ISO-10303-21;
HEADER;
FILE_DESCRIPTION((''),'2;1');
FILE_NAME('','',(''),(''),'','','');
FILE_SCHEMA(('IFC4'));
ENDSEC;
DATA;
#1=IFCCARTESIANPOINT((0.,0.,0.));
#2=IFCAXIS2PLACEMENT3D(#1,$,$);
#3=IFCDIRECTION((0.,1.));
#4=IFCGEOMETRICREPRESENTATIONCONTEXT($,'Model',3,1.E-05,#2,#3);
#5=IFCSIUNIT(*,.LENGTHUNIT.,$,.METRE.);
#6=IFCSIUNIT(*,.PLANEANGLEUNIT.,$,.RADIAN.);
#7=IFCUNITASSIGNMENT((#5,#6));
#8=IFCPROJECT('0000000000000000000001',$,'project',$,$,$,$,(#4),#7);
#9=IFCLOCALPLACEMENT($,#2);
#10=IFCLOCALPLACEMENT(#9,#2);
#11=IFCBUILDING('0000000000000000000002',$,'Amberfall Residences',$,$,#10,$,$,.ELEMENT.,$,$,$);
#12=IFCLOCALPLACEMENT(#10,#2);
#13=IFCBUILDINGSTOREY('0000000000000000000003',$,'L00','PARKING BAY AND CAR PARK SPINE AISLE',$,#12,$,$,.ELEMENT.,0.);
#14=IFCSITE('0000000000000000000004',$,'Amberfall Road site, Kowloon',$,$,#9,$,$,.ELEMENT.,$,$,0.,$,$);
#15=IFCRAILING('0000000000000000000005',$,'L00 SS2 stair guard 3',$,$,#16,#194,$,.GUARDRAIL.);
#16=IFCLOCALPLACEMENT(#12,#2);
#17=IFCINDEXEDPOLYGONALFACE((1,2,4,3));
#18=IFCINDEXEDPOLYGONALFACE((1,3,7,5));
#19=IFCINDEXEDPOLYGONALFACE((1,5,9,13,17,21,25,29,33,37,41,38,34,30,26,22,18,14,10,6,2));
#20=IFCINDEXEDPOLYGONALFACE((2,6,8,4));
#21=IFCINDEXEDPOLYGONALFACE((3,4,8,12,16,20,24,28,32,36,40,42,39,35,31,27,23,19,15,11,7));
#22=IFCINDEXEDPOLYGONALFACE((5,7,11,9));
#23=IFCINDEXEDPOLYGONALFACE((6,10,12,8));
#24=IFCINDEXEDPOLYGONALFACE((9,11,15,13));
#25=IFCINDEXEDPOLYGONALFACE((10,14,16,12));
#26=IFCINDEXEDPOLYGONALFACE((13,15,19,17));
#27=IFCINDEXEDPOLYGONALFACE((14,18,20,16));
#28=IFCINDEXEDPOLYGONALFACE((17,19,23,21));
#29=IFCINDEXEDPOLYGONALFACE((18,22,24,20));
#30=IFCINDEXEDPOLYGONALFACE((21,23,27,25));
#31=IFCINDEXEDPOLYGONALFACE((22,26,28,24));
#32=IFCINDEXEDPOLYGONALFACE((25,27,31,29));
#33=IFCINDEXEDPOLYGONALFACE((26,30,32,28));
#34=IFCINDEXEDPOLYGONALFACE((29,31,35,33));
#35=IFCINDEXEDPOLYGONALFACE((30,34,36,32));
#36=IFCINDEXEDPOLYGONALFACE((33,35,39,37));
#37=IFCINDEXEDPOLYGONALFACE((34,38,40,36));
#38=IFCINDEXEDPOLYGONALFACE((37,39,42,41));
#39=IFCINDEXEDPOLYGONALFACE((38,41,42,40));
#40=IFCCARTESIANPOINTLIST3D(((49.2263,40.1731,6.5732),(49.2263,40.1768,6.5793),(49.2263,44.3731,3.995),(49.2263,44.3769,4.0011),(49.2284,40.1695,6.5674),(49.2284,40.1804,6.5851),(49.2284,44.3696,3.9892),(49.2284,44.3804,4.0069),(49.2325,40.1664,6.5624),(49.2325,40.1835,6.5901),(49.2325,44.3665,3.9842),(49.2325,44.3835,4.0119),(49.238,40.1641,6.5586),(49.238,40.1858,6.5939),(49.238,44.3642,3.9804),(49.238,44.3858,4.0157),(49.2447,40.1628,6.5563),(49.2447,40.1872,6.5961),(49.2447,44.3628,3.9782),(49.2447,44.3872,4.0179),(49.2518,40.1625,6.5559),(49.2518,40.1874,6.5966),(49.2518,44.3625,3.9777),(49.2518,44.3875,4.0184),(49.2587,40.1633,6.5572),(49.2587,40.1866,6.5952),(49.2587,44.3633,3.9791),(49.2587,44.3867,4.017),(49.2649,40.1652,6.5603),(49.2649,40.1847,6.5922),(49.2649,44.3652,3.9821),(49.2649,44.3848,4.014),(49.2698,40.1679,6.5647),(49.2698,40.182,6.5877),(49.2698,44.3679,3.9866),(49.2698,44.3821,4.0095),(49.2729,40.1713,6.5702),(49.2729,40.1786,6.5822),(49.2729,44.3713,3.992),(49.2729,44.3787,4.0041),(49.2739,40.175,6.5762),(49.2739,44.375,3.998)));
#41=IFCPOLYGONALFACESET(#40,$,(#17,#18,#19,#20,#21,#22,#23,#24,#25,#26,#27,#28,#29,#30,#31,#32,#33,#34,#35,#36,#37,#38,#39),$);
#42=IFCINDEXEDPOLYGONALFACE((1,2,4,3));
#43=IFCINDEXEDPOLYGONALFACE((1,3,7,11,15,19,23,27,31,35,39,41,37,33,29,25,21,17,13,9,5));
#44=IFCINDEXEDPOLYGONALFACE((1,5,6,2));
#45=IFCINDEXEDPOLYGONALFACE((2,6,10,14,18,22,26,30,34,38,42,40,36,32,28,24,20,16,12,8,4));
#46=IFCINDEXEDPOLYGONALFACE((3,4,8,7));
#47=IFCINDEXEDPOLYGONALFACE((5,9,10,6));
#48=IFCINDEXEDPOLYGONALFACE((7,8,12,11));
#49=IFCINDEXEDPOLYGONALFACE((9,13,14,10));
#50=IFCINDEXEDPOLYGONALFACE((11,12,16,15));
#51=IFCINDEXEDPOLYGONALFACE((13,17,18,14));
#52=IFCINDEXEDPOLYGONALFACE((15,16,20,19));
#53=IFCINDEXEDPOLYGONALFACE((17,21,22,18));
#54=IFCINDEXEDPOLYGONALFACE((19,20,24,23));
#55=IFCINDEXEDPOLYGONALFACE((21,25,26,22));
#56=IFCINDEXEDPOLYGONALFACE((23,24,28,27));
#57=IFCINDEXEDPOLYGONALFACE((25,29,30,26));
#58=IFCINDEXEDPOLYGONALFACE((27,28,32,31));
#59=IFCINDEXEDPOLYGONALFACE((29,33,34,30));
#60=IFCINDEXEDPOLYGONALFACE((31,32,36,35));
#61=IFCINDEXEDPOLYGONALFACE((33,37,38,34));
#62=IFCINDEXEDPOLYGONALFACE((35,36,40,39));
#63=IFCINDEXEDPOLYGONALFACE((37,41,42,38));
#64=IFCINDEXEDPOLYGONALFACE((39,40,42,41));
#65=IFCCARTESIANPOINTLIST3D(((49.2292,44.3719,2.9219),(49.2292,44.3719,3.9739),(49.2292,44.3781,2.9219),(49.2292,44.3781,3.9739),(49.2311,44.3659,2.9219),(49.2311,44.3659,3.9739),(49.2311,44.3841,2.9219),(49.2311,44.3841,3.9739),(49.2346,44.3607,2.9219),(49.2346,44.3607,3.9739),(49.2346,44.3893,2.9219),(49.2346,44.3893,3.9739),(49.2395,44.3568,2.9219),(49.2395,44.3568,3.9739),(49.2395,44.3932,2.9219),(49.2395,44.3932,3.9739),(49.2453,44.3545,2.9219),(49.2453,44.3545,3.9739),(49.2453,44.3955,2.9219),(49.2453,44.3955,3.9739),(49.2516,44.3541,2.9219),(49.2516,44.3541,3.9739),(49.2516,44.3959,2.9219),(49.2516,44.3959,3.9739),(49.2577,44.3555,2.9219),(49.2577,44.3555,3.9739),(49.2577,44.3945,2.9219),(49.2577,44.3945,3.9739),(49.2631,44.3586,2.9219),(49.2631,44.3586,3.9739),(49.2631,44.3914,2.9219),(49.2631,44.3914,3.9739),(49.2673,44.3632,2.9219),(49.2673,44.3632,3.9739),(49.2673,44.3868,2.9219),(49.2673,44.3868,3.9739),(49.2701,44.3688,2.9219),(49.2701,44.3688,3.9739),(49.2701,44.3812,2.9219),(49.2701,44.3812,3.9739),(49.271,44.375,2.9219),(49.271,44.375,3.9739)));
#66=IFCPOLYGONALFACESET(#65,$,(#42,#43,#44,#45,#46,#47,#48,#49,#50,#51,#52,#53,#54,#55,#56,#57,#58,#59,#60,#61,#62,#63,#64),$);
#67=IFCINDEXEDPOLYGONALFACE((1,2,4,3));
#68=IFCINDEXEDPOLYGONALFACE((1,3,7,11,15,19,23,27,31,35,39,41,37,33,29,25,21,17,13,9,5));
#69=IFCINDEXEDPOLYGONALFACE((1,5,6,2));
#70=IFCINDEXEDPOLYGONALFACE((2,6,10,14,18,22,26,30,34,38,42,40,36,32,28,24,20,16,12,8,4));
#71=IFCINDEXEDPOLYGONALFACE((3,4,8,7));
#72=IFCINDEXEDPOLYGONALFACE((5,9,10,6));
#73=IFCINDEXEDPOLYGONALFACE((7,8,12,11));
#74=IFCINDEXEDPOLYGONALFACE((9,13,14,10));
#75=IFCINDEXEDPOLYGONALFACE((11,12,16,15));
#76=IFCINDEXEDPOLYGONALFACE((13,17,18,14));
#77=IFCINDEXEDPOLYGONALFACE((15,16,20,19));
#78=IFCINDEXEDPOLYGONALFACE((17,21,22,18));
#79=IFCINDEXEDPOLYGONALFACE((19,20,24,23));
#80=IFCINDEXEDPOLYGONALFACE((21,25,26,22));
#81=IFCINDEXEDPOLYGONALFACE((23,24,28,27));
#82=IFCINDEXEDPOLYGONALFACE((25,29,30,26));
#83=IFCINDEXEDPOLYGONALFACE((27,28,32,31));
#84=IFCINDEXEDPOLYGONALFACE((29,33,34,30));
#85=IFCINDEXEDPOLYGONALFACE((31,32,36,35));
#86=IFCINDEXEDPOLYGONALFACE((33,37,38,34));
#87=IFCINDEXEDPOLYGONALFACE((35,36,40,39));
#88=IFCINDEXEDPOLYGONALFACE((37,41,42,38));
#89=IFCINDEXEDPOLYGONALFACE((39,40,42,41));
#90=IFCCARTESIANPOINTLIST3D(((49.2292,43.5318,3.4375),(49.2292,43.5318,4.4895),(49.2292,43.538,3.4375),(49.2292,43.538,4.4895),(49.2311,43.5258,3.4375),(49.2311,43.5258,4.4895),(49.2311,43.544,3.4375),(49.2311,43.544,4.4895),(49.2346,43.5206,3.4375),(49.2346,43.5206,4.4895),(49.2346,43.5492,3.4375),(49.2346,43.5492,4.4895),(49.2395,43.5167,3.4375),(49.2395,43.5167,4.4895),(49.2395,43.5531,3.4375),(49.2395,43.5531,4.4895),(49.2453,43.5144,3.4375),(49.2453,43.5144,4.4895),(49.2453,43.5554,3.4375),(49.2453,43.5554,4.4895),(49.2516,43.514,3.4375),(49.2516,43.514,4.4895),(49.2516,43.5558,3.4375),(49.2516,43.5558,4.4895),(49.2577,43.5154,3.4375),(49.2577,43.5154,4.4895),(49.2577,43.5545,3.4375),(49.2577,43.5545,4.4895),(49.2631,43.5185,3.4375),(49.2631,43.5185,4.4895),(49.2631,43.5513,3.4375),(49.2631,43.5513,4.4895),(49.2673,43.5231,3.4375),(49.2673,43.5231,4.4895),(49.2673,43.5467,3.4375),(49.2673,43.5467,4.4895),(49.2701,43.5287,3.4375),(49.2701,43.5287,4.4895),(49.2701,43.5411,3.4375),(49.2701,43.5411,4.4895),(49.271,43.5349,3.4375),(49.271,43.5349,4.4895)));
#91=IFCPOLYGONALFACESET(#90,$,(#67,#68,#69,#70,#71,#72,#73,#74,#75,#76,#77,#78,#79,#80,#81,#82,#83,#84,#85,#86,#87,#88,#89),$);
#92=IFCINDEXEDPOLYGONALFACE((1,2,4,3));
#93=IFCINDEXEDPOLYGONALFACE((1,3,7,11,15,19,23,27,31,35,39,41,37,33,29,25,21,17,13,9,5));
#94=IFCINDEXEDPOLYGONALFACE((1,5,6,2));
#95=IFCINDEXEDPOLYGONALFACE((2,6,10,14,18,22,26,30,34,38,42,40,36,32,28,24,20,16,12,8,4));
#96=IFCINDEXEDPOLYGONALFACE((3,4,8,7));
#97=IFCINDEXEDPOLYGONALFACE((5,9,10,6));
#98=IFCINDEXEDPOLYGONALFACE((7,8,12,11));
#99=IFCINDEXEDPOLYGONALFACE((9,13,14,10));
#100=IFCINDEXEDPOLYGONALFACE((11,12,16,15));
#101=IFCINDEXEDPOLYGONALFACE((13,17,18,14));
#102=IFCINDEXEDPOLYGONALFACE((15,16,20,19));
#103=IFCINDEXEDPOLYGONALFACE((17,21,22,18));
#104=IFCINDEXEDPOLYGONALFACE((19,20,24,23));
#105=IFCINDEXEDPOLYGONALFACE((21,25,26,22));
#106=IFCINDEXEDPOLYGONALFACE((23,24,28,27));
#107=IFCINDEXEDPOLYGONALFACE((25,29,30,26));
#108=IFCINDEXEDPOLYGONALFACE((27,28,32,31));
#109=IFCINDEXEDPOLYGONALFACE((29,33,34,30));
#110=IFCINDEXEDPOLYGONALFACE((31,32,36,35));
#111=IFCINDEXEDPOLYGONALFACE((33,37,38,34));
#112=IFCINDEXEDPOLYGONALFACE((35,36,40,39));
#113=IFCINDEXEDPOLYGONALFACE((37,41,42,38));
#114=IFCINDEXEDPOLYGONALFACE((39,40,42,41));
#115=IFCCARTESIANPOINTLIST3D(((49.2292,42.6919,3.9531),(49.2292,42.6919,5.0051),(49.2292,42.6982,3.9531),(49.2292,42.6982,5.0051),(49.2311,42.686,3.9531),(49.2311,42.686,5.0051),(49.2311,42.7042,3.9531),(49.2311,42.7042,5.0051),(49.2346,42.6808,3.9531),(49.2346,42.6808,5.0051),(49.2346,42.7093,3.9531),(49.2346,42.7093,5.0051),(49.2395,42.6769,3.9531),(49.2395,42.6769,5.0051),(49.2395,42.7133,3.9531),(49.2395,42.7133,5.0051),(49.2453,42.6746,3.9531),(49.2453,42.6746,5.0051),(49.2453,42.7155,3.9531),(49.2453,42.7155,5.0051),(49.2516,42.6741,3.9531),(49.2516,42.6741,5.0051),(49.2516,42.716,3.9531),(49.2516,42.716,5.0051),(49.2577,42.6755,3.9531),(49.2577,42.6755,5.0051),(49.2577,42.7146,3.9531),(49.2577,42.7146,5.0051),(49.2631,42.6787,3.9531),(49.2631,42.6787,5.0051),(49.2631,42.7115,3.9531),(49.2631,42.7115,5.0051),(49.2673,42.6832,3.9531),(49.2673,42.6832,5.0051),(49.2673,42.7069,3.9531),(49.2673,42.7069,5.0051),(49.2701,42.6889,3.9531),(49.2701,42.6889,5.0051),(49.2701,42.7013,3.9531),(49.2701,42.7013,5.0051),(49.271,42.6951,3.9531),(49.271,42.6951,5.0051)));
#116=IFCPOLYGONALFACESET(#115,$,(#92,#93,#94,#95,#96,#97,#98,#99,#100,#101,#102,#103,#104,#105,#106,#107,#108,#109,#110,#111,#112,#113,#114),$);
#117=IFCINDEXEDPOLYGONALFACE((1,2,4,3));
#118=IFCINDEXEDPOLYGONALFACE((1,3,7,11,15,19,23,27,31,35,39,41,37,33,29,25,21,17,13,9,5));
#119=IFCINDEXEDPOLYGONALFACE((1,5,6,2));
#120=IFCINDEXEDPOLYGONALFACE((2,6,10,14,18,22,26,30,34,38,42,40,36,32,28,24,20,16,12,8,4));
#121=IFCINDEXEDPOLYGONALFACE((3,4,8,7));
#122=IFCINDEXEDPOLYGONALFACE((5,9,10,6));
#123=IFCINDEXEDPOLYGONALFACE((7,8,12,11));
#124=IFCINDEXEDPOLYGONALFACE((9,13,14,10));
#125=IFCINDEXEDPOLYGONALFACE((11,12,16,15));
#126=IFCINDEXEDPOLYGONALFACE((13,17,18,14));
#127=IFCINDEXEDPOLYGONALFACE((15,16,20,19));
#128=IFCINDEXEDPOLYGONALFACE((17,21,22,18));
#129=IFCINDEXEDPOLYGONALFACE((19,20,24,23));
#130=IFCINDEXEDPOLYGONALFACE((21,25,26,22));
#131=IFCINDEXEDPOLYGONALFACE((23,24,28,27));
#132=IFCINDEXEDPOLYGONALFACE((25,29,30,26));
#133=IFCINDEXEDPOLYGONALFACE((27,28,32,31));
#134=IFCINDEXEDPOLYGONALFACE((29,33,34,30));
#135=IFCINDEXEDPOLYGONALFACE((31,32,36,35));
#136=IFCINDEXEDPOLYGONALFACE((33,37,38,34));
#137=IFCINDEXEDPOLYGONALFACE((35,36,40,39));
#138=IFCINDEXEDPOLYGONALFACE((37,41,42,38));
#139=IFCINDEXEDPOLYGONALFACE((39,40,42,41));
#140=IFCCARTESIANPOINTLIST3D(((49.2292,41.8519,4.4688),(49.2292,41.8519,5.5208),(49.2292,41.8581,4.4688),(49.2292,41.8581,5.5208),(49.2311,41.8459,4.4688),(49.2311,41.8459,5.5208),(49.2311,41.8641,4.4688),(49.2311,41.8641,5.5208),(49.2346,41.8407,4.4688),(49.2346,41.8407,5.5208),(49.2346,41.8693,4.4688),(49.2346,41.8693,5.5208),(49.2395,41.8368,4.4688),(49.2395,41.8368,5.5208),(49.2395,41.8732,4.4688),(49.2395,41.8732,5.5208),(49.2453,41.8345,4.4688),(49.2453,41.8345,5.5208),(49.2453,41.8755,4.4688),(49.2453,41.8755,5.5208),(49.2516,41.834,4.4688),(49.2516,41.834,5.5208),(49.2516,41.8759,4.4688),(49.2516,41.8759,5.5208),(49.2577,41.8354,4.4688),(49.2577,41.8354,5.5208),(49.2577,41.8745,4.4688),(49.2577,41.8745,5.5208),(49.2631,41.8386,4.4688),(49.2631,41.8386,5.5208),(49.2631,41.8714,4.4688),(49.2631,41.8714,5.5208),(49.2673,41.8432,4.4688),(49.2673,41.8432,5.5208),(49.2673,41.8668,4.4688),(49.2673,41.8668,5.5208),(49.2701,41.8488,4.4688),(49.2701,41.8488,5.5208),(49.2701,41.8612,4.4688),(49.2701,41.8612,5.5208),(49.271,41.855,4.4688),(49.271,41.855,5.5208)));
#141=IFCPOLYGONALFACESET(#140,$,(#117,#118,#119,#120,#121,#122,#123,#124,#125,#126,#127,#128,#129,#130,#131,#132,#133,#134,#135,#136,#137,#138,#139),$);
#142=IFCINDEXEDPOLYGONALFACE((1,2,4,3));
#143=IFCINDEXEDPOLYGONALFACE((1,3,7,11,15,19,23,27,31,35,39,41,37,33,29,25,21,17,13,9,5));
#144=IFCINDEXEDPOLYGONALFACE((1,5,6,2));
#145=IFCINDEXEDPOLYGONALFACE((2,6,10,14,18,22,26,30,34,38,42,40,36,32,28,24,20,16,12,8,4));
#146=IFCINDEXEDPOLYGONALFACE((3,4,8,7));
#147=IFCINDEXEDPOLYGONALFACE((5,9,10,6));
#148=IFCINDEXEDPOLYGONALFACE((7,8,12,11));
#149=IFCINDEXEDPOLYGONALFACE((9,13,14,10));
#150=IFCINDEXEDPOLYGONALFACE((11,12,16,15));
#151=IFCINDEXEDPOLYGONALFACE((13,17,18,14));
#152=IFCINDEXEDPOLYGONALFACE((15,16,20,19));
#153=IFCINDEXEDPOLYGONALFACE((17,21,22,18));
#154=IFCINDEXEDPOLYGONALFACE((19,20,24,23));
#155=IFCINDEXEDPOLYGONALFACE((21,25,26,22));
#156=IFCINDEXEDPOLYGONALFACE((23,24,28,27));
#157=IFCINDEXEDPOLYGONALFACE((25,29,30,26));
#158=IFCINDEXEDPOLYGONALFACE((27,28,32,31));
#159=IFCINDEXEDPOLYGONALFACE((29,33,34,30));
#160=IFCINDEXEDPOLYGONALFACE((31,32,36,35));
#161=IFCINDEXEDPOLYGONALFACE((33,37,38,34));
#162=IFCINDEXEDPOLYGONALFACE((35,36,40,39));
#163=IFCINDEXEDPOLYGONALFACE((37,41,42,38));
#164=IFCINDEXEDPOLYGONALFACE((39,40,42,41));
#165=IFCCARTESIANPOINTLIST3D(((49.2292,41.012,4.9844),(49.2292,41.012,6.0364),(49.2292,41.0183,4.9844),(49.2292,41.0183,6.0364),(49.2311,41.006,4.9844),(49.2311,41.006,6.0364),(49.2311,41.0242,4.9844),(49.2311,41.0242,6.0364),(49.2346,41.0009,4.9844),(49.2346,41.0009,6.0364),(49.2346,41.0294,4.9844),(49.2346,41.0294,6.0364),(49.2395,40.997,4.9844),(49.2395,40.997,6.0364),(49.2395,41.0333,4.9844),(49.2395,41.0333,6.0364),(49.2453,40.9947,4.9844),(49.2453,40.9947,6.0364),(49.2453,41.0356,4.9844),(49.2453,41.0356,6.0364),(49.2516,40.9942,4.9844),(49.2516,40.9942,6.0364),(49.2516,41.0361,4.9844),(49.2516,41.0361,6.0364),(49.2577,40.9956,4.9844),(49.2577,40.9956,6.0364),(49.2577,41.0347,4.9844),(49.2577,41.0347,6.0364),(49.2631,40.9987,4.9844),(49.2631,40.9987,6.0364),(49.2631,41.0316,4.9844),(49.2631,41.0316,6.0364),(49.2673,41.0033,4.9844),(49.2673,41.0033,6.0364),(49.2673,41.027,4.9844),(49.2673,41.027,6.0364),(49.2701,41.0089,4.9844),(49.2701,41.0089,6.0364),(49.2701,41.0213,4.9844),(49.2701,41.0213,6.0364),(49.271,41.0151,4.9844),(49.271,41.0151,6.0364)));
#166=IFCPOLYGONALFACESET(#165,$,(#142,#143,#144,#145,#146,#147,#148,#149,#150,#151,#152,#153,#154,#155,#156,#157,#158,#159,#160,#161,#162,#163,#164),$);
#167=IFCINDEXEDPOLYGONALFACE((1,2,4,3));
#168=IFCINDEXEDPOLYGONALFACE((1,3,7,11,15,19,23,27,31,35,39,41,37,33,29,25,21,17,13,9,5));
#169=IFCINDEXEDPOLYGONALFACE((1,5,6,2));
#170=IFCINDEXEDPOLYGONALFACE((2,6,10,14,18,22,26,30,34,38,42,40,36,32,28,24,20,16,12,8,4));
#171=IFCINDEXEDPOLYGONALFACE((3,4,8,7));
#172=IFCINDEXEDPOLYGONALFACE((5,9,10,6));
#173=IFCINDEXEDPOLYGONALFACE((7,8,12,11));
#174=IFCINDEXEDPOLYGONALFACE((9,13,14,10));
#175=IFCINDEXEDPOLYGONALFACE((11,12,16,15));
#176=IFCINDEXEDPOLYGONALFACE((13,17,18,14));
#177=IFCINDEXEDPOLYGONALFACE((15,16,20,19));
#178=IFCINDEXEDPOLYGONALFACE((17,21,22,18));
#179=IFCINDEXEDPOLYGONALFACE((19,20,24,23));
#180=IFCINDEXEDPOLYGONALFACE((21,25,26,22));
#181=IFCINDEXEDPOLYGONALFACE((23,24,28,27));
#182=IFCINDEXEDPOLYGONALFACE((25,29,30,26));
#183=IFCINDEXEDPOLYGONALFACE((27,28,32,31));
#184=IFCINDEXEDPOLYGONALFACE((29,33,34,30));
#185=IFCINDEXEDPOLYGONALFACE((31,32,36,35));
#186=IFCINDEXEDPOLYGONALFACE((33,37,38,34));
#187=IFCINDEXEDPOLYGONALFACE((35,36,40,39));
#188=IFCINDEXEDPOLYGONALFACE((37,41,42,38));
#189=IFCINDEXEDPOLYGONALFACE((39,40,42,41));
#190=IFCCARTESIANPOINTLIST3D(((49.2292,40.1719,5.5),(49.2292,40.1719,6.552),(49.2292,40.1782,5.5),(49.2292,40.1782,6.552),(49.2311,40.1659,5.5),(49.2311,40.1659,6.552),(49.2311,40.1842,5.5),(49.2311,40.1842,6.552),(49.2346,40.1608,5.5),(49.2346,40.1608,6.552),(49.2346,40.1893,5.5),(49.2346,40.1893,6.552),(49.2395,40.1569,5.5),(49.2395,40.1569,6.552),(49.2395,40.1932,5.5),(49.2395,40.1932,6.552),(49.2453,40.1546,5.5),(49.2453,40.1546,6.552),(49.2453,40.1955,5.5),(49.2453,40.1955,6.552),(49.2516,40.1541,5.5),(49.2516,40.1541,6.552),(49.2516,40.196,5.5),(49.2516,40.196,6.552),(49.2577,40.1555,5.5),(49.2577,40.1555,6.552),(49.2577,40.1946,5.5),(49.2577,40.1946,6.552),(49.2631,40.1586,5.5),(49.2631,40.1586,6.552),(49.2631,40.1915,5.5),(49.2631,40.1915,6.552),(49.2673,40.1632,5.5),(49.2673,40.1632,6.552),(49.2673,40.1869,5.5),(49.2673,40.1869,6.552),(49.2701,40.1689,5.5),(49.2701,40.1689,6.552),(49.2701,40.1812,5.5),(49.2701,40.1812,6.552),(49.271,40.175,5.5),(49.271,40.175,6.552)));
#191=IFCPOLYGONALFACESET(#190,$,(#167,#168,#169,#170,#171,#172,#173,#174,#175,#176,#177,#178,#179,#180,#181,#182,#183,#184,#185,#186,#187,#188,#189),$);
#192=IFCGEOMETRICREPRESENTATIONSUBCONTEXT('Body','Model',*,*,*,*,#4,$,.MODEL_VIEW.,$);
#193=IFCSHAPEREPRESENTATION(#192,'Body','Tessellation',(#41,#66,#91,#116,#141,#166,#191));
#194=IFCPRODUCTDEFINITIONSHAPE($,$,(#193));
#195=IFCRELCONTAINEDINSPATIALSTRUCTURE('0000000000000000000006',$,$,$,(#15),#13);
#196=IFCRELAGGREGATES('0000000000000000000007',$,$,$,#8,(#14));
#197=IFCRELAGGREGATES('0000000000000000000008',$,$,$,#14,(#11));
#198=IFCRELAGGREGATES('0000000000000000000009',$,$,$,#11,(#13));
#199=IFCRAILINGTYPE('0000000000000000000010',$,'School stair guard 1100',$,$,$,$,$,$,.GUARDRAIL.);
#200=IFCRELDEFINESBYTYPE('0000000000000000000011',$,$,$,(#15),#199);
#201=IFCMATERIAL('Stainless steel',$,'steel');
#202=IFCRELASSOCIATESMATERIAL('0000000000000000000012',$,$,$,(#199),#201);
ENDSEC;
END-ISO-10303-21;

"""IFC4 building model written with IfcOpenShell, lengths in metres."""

from ifc_helpers import new_model, si_unit, direction, frame, origin, origin_2d, place, context, subcontext, project, spatial, circle, extrude, material, type_object, element, save


model = new_model("IFC4")

# Units and contexts
model_context = context("Model", 3, precision=1e-05, world=origin(), true_north=direction((0.0, 1.0)))
body_context = subcontext(model_context, "Body", "Model", "MODEL_VIEW")
ifc_project = project(units=[si_unit("LENGTHUNIT", "METRE"), si_unit("PLANEANGLEUNIT", "RADIAN")], contexts=[model_context])

# Site, building, storey
site_placement = place(None, origin())
site = spatial("IfcSite", under=ifc_project, at=site_placement, Name="Amberfall Road site, Kowloon", CompositionType="ELEMENT", RefElevation=0.0)
building_placement = place(site_placement, origin())
building = spatial("IfcBuilding", under=site, at=building_placement, Name="Amberfall Residences", CompositionType="ELEMENT")
storey_placement = place(building_placement, origin())
storey = spatial("IfcBuildingStorey", under=building, at=storey_placement, Name="L00", Description="PARKING BAY AND CAR PARK SPINE AISLE", CompositionType="ELEMENT", Elevation=0.0)

# Railing
ifc_material_1 = material(Name="Stainless steel", Category="steel")
railing_type_1 = type_object("IfcRailingType", Name="School stair guard 1100", PredefinedType="GUARDRAIL", material=ifc_material_1)
railing_1_placement = place(storey_placement, frame((49.25, 44.375, 2.9219)))
element("IfcRailing", 1, at=railing_1_placement, inside=storey, type_object=railing_type_1, Name="L00 SS2 stair guard 3", PredefinedType="GUARDRAIL", context=body_context, shape_type="SweptSolid", body=[
    extrude(circle(Radius=0.0239, at=origin_2d()), frame((0.0, 0.0, 1.0762), z_axis=(0.0, -0.852243, 0.523146), x_axis=(1.0, 0.0, 0.0)), (0.0, 0.0, 1.0), 4.9282),
    extrude(circle(Radius=0.021, at=origin_2d()), origin(), (0.0, 0.0, 1.0), 1.052),
    extrude(circle(Radius=0.021, at=origin_2d()), frame((0.0, -0.8401, 0.5156)), (0.0, 0.0, 1.0), 1.052),
    extrude(circle(Radius=0.021, at=origin_2d()), frame((0.0, -1.6799, 1.0312)), (0.0, 0.0, 1.0), 1.052),
    extrude(circle(Radius=0.021, at=origin_2d()), frame((0.0, -2.52, 1.5469)), (0.0, 0.0, 1.0), 1.052),
    extrude(circle(Radius=0.021, at=origin_2d()), frame((0.0, -3.3599, 2.0625)), (0.0, 0.0, 1.0), 1.052),
    extrude(circle(Radius=0.021, at=origin_2d()), frame((0.0, -4.2, 2.5781)), (0.0, 0.0, 1.0), 1.052),
])

save(model, "model.ifc")
